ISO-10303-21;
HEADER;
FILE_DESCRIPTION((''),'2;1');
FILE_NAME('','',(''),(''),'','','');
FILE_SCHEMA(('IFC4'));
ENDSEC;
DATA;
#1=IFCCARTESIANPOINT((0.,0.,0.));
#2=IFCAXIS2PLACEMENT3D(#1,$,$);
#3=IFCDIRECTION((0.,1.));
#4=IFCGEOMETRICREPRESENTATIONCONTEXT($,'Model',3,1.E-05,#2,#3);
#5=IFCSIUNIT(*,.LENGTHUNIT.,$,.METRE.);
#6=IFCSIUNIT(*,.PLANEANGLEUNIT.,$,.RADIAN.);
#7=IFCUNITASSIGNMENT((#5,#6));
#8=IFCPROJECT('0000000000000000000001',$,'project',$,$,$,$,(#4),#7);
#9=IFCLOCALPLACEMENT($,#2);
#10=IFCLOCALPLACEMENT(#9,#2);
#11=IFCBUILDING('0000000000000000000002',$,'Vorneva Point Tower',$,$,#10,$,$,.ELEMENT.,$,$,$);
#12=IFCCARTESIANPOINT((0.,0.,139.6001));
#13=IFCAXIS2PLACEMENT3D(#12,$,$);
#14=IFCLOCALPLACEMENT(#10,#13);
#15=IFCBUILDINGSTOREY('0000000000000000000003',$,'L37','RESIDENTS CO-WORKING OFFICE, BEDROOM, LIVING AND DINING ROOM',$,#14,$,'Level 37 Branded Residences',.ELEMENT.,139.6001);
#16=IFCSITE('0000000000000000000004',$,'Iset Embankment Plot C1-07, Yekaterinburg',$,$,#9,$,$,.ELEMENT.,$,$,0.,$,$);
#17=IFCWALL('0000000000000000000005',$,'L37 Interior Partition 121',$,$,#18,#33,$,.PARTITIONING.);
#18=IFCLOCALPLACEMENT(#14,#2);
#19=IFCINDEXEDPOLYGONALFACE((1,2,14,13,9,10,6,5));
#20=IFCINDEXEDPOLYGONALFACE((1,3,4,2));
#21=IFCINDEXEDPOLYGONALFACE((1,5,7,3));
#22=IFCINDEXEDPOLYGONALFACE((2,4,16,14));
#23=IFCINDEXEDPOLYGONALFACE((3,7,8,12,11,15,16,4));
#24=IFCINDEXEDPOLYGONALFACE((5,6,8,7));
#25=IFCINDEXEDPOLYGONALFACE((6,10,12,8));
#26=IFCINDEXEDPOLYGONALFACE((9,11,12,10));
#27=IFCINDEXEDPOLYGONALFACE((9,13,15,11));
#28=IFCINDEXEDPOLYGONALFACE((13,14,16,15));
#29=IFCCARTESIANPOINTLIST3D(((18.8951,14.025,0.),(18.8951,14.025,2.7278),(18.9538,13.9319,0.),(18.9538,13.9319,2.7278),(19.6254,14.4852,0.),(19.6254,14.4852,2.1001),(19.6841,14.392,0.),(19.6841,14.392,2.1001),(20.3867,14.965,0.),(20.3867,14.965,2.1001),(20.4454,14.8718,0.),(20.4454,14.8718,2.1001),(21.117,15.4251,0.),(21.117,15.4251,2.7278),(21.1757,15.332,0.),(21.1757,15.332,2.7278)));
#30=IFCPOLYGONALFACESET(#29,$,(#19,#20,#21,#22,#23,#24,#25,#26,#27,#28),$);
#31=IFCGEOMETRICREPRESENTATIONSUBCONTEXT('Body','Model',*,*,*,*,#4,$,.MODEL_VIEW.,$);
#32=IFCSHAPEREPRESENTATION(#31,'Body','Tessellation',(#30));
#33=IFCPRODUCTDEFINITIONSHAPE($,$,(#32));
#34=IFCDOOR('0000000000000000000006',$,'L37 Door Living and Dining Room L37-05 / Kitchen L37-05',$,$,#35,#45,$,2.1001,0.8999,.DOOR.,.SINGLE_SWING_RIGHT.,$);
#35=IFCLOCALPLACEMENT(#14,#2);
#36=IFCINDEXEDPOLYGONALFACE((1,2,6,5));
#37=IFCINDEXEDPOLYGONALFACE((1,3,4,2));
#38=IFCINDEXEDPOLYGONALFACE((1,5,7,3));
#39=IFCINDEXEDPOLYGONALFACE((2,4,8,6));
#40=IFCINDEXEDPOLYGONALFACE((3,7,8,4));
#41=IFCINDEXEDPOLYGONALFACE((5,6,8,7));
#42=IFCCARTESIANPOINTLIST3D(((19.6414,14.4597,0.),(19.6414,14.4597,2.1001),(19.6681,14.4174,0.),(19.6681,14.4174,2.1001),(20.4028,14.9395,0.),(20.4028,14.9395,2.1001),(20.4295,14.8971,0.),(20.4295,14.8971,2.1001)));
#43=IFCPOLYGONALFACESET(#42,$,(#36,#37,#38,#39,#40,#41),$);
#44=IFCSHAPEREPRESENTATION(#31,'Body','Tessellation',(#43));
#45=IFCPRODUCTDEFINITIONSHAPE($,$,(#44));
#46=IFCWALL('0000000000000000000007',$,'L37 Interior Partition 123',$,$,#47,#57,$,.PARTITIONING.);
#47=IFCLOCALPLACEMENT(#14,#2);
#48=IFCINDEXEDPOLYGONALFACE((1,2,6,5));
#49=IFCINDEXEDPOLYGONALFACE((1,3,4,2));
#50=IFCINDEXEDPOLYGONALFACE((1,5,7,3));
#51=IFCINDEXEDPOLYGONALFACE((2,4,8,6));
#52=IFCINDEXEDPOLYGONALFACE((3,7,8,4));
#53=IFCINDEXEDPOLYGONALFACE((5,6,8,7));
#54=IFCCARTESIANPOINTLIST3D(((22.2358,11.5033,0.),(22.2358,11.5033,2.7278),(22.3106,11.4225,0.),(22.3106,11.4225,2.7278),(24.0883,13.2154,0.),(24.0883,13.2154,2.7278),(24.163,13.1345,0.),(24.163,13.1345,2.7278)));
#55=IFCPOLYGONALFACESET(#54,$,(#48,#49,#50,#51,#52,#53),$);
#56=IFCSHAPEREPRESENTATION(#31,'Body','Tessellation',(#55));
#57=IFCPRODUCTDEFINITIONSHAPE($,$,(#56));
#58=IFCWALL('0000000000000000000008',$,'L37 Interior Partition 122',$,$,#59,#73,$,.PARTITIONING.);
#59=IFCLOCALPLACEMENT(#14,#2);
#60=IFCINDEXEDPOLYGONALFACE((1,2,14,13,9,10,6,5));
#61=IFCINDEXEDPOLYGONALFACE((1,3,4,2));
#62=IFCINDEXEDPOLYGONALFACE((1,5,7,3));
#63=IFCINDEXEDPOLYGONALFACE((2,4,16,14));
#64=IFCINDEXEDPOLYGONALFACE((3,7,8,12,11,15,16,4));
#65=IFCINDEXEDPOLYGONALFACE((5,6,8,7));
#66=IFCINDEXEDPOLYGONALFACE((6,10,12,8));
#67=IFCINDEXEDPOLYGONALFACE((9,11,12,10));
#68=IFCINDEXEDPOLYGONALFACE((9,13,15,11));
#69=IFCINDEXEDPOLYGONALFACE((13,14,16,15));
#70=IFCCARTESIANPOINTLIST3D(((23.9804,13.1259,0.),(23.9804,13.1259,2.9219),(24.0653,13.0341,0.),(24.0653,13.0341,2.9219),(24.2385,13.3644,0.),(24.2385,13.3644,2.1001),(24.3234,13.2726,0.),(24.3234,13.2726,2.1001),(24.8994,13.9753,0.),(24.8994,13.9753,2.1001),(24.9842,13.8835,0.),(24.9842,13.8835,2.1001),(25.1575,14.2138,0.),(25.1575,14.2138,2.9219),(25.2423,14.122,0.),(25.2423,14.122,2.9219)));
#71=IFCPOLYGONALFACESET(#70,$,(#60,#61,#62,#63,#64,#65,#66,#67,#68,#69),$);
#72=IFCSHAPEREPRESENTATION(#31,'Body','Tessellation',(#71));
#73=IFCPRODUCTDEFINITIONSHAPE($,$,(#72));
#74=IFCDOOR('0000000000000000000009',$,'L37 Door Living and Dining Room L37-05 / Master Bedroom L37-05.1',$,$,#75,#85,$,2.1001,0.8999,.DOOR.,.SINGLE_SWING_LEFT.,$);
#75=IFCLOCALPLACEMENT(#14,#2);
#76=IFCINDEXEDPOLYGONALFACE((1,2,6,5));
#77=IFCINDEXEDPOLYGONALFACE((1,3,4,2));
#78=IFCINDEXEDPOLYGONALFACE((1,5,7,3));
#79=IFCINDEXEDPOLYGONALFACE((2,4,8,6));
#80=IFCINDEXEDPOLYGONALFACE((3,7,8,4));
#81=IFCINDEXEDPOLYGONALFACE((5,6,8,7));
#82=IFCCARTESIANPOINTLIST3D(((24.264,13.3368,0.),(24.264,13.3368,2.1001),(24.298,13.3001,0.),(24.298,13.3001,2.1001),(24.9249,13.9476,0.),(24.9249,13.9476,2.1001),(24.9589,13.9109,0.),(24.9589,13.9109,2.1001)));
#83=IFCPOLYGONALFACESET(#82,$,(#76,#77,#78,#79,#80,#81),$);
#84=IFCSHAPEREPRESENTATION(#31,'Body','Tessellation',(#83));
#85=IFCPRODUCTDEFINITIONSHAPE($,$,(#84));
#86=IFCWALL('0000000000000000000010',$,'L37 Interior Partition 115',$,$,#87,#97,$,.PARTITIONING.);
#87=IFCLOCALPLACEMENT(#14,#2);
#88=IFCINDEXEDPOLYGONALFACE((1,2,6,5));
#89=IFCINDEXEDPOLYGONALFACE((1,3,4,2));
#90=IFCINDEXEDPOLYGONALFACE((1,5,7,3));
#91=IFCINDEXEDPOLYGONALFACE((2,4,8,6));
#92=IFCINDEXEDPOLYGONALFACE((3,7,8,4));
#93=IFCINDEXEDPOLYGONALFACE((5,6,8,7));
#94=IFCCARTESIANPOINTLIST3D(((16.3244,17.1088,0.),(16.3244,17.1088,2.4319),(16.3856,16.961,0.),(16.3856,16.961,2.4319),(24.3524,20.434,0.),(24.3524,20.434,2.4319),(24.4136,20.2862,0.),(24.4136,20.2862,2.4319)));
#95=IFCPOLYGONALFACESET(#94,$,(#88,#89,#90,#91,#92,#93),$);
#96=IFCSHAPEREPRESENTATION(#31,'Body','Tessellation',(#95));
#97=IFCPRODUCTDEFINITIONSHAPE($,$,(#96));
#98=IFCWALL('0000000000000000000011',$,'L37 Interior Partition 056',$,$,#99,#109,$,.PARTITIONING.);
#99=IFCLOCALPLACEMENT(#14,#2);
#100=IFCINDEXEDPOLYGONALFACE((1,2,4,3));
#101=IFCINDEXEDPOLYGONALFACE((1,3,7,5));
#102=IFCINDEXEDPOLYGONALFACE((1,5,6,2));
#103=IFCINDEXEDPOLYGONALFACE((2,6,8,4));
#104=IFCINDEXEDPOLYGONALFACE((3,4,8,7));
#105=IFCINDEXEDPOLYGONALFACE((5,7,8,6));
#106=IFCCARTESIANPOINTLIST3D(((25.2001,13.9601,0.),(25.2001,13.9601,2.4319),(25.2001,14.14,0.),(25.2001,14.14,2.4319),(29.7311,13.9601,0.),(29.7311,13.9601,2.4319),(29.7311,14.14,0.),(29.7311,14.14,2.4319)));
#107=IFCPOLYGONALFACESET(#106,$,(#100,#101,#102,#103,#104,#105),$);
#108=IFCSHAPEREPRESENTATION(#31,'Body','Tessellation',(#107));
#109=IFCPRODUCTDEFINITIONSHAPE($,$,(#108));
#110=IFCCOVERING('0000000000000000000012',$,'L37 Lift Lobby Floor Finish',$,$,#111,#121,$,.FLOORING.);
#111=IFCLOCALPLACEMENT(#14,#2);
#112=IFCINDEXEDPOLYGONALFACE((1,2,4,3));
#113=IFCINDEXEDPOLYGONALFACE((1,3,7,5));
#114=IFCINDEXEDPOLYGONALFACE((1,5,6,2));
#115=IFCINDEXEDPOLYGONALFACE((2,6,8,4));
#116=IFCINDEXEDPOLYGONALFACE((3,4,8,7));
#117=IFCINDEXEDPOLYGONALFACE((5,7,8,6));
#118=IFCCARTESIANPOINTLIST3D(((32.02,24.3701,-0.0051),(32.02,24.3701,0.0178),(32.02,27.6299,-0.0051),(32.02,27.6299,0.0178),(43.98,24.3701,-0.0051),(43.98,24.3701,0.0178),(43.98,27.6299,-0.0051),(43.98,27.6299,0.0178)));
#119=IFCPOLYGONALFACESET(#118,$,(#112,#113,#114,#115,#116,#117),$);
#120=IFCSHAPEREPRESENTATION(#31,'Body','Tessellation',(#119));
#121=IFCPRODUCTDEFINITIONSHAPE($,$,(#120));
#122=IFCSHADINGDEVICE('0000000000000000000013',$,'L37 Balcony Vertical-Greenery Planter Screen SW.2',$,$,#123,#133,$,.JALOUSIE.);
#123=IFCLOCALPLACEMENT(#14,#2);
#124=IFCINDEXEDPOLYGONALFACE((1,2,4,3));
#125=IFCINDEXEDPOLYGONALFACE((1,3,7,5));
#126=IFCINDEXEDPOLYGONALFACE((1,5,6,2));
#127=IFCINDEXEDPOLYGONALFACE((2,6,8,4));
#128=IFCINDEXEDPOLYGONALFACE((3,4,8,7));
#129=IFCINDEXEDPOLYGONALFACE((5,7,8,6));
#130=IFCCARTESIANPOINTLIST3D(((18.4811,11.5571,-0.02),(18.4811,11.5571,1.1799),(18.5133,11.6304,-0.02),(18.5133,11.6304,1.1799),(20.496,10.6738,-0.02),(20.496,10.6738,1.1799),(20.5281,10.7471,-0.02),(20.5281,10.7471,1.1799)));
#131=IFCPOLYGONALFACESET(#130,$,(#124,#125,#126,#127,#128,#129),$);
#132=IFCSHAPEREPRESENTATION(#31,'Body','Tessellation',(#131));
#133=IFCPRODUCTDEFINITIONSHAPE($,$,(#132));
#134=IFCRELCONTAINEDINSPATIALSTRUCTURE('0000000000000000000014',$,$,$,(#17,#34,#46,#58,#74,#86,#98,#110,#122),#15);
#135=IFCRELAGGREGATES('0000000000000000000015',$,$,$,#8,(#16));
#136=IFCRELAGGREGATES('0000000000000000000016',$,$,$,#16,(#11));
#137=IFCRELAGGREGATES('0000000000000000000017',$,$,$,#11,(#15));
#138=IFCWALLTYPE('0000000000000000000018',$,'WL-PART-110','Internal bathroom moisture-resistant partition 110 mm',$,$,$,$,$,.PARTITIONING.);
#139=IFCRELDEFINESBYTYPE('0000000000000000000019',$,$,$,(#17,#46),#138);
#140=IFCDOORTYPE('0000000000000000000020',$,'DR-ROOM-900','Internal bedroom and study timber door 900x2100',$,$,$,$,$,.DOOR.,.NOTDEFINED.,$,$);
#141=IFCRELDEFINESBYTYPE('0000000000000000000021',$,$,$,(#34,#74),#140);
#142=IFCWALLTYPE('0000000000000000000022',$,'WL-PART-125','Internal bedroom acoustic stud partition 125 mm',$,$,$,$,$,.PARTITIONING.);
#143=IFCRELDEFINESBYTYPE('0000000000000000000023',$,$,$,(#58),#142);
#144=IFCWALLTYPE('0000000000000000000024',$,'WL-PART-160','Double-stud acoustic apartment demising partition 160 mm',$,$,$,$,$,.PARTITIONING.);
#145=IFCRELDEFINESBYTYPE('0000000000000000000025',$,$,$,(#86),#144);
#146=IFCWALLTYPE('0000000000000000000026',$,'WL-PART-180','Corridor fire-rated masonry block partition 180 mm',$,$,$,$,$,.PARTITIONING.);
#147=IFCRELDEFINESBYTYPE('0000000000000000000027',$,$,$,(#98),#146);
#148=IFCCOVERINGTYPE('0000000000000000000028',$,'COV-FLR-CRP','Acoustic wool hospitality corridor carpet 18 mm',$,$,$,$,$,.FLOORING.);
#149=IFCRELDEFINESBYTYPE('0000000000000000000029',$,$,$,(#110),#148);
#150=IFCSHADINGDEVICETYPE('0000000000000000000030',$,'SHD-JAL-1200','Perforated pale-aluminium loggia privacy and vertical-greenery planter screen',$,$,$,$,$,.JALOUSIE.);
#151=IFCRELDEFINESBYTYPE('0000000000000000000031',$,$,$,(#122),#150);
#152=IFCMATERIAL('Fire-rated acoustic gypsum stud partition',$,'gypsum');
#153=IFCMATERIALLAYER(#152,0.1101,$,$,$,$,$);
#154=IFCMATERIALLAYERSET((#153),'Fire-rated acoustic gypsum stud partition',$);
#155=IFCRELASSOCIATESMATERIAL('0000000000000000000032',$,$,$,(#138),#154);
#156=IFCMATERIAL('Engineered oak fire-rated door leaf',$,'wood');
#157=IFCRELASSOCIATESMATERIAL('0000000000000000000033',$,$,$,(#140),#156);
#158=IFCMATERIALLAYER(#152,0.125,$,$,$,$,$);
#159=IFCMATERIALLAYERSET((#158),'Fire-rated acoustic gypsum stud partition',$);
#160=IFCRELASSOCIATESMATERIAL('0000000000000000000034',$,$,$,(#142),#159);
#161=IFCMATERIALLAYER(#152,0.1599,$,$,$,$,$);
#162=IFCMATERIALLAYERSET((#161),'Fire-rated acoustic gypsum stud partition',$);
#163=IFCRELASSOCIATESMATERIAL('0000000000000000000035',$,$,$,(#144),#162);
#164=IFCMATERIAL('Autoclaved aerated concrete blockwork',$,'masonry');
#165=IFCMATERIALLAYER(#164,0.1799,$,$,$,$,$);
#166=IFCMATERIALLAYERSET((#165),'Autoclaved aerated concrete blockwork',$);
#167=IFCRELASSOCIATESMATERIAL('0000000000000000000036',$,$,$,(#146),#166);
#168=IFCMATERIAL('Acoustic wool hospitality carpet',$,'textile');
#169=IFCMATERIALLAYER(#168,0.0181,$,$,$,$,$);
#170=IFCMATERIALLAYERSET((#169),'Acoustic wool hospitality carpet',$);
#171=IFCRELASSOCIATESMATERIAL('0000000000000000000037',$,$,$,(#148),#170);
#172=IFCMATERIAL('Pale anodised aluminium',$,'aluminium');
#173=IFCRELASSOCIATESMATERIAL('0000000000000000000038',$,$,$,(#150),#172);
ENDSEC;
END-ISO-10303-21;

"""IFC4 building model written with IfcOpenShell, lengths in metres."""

from ifc_helpers import new_model, si_unit, direction, frame, frame_2d, origin, origin_2d, place, context, subcontext, project, spatial, polyline, rectangle, outline, extrude, material, layer, layer_set, type_object, element, fill, save


model = new_model("IFC4")

# Units and contexts
model_context = context("Model", 3, precision=1e-05, world=origin(), true_north=direction((0.0, 1.0)))
body_context = subcontext(model_context, "Body", "Model", "MODEL_VIEW")
ifc_project = project(units=[si_unit("LENGTHUNIT", "METRE"), si_unit("PLANEANGLEUNIT", "RADIAN")], contexts=[model_context])

# Site, building, storey
site_placement = place(None, origin())
site = spatial("IfcSite", under=ifc_project, at=site_placement, Name="Iset Embankment Plot C1-07, Yekaterinburg", CompositionType="ELEMENT", RefElevation=0.0)
building_placement = place(site_placement, origin())
building = spatial("IfcBuilding", under=site, at=building_placement, Name="Vorneva Point Tower", CompositionType="ELEMENT")
storey_placement = place(building_placement, frame((0.0, 0.0, 139.6001)))
storey = spatial("IfcBuildingStorey", under=building, at=storey_placement, Name="L37", Description="RESIDENTS CO-WORKING OFFICE, BEDROOM, LIVING AND DINING ROOM", LongName="Level 37 Branded Residences", CompositionType="ELEMENT", Elevation=139.6001)

# Shared definitions
ifc_material_1 = material(Name="Pale anodised aluminium", Category="aluminium")

# Shared definitions
ifc_material_2 = material(Name="Fire-rated acoustic gypsum stud partition", Category="gypsum")
ifc_layer_1 = layer(ifc_material_2, 0.1101)
ifc_layer_set_1 = layer_set([ifc_layer_1], Name="Fire-rated acoustic gypsum stud partition")
wall_type_1 = type_object("IfcWallType", Name="WL-PART-110", Description="Internal bathroom moisture-resistant partition 110 mm", PredefinedType="PARTITIONING", material=ifc_layer_set_1)
ifc_material_3 = material(Name="Engineered oak fire-rated door leaf", Category="wood")

# Wall, opening, door
wall_1_placement = place(storey_placement, frame((18.9246, 13.9785, 0.0), z_axis=(0.0, 0.0, 1.0), x_axis=(0.846034, 0.533129, 0.0)))
wall_1 = element("IfcWall", 1, at=wall_1_placement, inside=storey, type_object=wall_type_1, Name="L37 Interior Partition 121", PredefinedType="PARTITIONING", context=body_context, shape_type="SweptSolid", body=[
    extrude(rectangle(XDim=2.6262, YDim=0.1101, at=frame_2d((1.313, 0.0))), origin(), (0.0, 0.0, 1.0), 2.7278),
])
opening_1_placement = place(wall_1_placement, frame((0.863, 0.0, 0.0)))
opening_1 = element("IfcOpeningElement", 2, at=opening_1_placement, cuts=wall_1, PredefinedType="OPENING", context=body_context, shape_type="SweptSolid", body=[
    extrude(rectangle(XDim=0.8999, YDim=2.1001, at=frame_2d((0.45, 1.05))), frame((0.0, 0.0698, 0.0), z_axis=(0.0, -1.0, 0.0), x_axis=(1.0, 0.0, 0.0)), (0.0, 0.0, 1.0), 0.1399),
])
door_type_1 = type_object("IfcDoorType", Name="DR-ROOM-900", Description="Internal bedroom and study timber door 900x2100", OperationType="NOTDEFINED", PredefinedType="DOOR", material=ifc_material_3)
door_1_placement = place(opening_1_placement, origin())
door_1 = element("IfcDoor", 3, at=door_1_placement, inside=storey, type_object=door_type_1, Name="L37 Door Living and Dining Room L37-05 / Kitchen L37-05", OperationType="SINGLE_SWING_RIGHT", OverallHeight=2.1001, OverallWidth=0.8999, PredefinedType="DOOR", context=body_context, shape_type="SweptSolid", body=[
    extrude(rectangle(XDim=0.8999, YDim=2.1001, at=frame_2d((0.45, 1.05))), frame((0.0, 0.0249, 0.0), z_axis=(0.0, -1.0, 0.0), x_axis=(1.0, 0.0, 0.0)), (0.0, 0.0, 1.0), 0.05),
])
fill(opening_1, door_1)

# Wall
wall_2_placement = place(storey_placement, frame((22.2732, 11.4629, 0.0), z_axis=(0.0, 0.0, 1.0), x_axis=(0.734384, 0.678734, 0.0)))
element("IfcWall", 4, at=wall_2_placement, inside=storey, type_object=wall_type_1, Name="L37 Interior Partition 123", PredefinedType="PARTITIONING", context=body_context, shape_type="SweptSolid", body=[
    extrude(rectangle(XDim=2.5225, YDim=0.1101, at=frame_2d((1.2612, 0.0))), origin(), (0.0, 0.0, 1.0), 2.7278),
])

# Wall, opening, door
ifc_layer_2 = layer(ifc_material_2, 0.125)
ifc_layer_set_2 = layer_set([ifc_layer_2], Name="Fire-rated acoustic gypsum stud partition")
wall_type_2 = type_object("IfcWallType", Name="WL-PART-125", Description="Internal bedroom acoustic stud partition 125 mm", PredefinedType="PARTITIONING", material=ifc_layer_set_2)
wall_3_placement = place(storey_placement, frame((24.0229, 13.0801, 0.0), z_axis=(0.0, 0.0, 1.0), x_axis=(0.734359, 0.678761, 0.0)))
wall_3 = element("IfcWall", 5, at=wall_3_placement, inside=storey, type_object=wall_type_2, Name="L37 Interior Partition 122", PredefinedType="PARTITIONING", context=body_context, shape_type="SweptSolid", body=[
    extrude(rectangle(XDim=1.6028, YDim=0.125, at=frame_2d((0.8013, 0.0))), origin(), (0.0, 0.0, 1.0), 2.9219),
])
opening_2_placement = place(wall_3_placement, frame((0.3513, 0.0, 0.0)))
opening_2 = element("IfcOpeningElement", 6, at=opening_2_placement, cuts=wall_3, PredefinedType="OPENING", context=body_context, shape_type="SweptSolid", body=[
    extrude(rectangle(XDim=0.8999, YDim=2.1001, at=frame_2d((0.45, 1.05))), frame((0.0, 0.0774, 0.0), z_axis=(0.0, -1.0, 0.0), x_axis=(1.0, 0.0, 0.0)), (0.0, 0.0, 1.0), 0.1548),
])
door_2_placement = place(opening_2_placement, origin())
door_2 = element("IfcDoor", 7, at=door_2_placement, inside=storey, type_object=door_type_1, Name="L37 Door Living and Dining Room L37-05 / Master Bedroom L37-05.1", OperationType="SINGLE_SWING_LEFT", OverallHeight=2.1001, OverallWidth=0.8999, PredefinedType="DOOR", context=body_context, shape_type="SweptSolid", body=[
    extrude(rectangle(XDim=0.8999, YDim=2.1001, at=frame_2d((0.45, 1.05))), frame((0.0, 0.0249, 0.0), z_axis=(0.0, -1.0, 0.0), x_axis=(1.0, 0.0, 0.0)), (0.0, 0.0, 1.0), 0.05),
])
fill(opening_2, door_2)

# Walls
ifc_layer_3 = layer(ifc_material_2, 0.1599)
ifc_layer_set_3 = layer_set([ifc_layer_3], Name="Fire-rated acoustic gypsum stud partition")
wall_type_3 = type_object("IfcWallType", Name="WL-PART-160", Description="Double-stud acoustic apartment demising partition 160 mm", PredefinedType="PARTITIONING", material=ifc_layer_set_3)
wall_4_placement = place(storey_placement, frame((16.355, 17.0349, 0.0), z_axis=(0.0, 0.0, 1.0), x_axis=(0.923885, 0.382669, 0.0)))
element("IfcWall", 8, at=wall_4_placement, inside=storey, type_object=wall_type_3, Name="L37 Interior Partition 115", PredefinedType="PARTITIONING", context=body_context, shape_type="SweptSolid", body=[
    extrude(rectangle(XDim=8.6895, YDim=0.1599, at=frame_2d((4.3447, 0.0))), origin(), (0.0, 0.0, 1.0), 2.4319),
])
ifc_material_4 = material(Name="Autoclaved aerated concrete blockwork", Category="masonry")
ifc_layer_4 = layer(ifc_material_4, 0.1799)
ifc_layer_set_4 = layer_set([ifc_layer_4], Name="Autoclaved aerated concrete blockwork")
wall_type_4 = type_object("IfcWallType", Name="WL-PART-180", Description="Corridor fire-rated masonry block partition 180 mm", PredefinedType="PARTITIONING", material=ifc_layer_set_4)
wall_5_placement = place(storey_placement, frame((25.2, 14.05, 0.0), z_axis=(0.0, 0.0, 1.0), x_axis=(1.0, 0.0, 0.0)))
element("IfcWall", 9, at=wall_5_placement, inside=storey, type_object=wall_type_4, Name="L37 Interior Partition 056", PredefinedType="PARTITIONING", context=body_context, shape_type="SweptSolid", body=[
    extrude(rectangle(XDim=4.531, YDim=0.1799, at=frame_2d((2.2656, 0.0))), origin(), (0.0, 0.0, 1.0), 2.4319),
])

# Covering
ifc_material_5 = material(Name="Acoustic wool hospitality carpet", Category="textile")
ifc_layer_5 = layer(ifc_material_5, 0.0181)
ifc_layer_set_5 = layer_set([ifc_layer_5], Name="Acoustic wool hospitality carpet")
covering_type = type_object("IfcCoveringType", Name="COV-FLR-CRP", Description="Acoustic wool hospitality corridor carpet 18 mm", PredefinedType="FLOORING", material=ifc_layer_set_5)
covering_placement = place(storey_placement, frame((0.0, 0.0, -0.0051)))
element("IfcCovering", 10, at=covering_placement, inside=storey, type_object=covering_type, Name="L37 Lift Lobby Floor Finish", PredefinedType="FLOORING", context=body_context, shape_type="SweptSolid", body=[
    extrude(outline(polyline([(32.02, 24.3701), (43.98, 24.3701), (43.98, 27.6299), (32.02, 27.6299), (32.02, 24.3701)])), origin(), (0.0, 0.0, 1.0), 0.0229),
])

# Shading device
shading_device_type = type_object("IfcShadingDeviceType", Name="SHD-JAL-1200", Description="Perforated pale-aluminium loggia privacy and vertical-greenery planter screen", PredefinedType="JALOUSIE", material=ifc_material_1)
shading_device_placement = place(storey_placement, frame((19.5046, 11.1521, -0.02), z_axis=(0.0, 0.0, 1.0), x_axis=(0.915866, -0.401484, 0.0)))
element("IfcShadingDevice", 11, at=shading_device_placement, inside=storey, type_object=shading_device_type, Name="L37 Balcony Vertical-Greenery Planter Screen SW.2", PredefinedType="JALOUSIE", context=body_context, shape_type="SweptSolid", body=[
    extrude(rectangle(XDim=2.2, YDim=0.0801, at=origin_2d()), origin(), (0.0, 0.0, 1.0), 1.2),
])

save(model, "model.ifc")
